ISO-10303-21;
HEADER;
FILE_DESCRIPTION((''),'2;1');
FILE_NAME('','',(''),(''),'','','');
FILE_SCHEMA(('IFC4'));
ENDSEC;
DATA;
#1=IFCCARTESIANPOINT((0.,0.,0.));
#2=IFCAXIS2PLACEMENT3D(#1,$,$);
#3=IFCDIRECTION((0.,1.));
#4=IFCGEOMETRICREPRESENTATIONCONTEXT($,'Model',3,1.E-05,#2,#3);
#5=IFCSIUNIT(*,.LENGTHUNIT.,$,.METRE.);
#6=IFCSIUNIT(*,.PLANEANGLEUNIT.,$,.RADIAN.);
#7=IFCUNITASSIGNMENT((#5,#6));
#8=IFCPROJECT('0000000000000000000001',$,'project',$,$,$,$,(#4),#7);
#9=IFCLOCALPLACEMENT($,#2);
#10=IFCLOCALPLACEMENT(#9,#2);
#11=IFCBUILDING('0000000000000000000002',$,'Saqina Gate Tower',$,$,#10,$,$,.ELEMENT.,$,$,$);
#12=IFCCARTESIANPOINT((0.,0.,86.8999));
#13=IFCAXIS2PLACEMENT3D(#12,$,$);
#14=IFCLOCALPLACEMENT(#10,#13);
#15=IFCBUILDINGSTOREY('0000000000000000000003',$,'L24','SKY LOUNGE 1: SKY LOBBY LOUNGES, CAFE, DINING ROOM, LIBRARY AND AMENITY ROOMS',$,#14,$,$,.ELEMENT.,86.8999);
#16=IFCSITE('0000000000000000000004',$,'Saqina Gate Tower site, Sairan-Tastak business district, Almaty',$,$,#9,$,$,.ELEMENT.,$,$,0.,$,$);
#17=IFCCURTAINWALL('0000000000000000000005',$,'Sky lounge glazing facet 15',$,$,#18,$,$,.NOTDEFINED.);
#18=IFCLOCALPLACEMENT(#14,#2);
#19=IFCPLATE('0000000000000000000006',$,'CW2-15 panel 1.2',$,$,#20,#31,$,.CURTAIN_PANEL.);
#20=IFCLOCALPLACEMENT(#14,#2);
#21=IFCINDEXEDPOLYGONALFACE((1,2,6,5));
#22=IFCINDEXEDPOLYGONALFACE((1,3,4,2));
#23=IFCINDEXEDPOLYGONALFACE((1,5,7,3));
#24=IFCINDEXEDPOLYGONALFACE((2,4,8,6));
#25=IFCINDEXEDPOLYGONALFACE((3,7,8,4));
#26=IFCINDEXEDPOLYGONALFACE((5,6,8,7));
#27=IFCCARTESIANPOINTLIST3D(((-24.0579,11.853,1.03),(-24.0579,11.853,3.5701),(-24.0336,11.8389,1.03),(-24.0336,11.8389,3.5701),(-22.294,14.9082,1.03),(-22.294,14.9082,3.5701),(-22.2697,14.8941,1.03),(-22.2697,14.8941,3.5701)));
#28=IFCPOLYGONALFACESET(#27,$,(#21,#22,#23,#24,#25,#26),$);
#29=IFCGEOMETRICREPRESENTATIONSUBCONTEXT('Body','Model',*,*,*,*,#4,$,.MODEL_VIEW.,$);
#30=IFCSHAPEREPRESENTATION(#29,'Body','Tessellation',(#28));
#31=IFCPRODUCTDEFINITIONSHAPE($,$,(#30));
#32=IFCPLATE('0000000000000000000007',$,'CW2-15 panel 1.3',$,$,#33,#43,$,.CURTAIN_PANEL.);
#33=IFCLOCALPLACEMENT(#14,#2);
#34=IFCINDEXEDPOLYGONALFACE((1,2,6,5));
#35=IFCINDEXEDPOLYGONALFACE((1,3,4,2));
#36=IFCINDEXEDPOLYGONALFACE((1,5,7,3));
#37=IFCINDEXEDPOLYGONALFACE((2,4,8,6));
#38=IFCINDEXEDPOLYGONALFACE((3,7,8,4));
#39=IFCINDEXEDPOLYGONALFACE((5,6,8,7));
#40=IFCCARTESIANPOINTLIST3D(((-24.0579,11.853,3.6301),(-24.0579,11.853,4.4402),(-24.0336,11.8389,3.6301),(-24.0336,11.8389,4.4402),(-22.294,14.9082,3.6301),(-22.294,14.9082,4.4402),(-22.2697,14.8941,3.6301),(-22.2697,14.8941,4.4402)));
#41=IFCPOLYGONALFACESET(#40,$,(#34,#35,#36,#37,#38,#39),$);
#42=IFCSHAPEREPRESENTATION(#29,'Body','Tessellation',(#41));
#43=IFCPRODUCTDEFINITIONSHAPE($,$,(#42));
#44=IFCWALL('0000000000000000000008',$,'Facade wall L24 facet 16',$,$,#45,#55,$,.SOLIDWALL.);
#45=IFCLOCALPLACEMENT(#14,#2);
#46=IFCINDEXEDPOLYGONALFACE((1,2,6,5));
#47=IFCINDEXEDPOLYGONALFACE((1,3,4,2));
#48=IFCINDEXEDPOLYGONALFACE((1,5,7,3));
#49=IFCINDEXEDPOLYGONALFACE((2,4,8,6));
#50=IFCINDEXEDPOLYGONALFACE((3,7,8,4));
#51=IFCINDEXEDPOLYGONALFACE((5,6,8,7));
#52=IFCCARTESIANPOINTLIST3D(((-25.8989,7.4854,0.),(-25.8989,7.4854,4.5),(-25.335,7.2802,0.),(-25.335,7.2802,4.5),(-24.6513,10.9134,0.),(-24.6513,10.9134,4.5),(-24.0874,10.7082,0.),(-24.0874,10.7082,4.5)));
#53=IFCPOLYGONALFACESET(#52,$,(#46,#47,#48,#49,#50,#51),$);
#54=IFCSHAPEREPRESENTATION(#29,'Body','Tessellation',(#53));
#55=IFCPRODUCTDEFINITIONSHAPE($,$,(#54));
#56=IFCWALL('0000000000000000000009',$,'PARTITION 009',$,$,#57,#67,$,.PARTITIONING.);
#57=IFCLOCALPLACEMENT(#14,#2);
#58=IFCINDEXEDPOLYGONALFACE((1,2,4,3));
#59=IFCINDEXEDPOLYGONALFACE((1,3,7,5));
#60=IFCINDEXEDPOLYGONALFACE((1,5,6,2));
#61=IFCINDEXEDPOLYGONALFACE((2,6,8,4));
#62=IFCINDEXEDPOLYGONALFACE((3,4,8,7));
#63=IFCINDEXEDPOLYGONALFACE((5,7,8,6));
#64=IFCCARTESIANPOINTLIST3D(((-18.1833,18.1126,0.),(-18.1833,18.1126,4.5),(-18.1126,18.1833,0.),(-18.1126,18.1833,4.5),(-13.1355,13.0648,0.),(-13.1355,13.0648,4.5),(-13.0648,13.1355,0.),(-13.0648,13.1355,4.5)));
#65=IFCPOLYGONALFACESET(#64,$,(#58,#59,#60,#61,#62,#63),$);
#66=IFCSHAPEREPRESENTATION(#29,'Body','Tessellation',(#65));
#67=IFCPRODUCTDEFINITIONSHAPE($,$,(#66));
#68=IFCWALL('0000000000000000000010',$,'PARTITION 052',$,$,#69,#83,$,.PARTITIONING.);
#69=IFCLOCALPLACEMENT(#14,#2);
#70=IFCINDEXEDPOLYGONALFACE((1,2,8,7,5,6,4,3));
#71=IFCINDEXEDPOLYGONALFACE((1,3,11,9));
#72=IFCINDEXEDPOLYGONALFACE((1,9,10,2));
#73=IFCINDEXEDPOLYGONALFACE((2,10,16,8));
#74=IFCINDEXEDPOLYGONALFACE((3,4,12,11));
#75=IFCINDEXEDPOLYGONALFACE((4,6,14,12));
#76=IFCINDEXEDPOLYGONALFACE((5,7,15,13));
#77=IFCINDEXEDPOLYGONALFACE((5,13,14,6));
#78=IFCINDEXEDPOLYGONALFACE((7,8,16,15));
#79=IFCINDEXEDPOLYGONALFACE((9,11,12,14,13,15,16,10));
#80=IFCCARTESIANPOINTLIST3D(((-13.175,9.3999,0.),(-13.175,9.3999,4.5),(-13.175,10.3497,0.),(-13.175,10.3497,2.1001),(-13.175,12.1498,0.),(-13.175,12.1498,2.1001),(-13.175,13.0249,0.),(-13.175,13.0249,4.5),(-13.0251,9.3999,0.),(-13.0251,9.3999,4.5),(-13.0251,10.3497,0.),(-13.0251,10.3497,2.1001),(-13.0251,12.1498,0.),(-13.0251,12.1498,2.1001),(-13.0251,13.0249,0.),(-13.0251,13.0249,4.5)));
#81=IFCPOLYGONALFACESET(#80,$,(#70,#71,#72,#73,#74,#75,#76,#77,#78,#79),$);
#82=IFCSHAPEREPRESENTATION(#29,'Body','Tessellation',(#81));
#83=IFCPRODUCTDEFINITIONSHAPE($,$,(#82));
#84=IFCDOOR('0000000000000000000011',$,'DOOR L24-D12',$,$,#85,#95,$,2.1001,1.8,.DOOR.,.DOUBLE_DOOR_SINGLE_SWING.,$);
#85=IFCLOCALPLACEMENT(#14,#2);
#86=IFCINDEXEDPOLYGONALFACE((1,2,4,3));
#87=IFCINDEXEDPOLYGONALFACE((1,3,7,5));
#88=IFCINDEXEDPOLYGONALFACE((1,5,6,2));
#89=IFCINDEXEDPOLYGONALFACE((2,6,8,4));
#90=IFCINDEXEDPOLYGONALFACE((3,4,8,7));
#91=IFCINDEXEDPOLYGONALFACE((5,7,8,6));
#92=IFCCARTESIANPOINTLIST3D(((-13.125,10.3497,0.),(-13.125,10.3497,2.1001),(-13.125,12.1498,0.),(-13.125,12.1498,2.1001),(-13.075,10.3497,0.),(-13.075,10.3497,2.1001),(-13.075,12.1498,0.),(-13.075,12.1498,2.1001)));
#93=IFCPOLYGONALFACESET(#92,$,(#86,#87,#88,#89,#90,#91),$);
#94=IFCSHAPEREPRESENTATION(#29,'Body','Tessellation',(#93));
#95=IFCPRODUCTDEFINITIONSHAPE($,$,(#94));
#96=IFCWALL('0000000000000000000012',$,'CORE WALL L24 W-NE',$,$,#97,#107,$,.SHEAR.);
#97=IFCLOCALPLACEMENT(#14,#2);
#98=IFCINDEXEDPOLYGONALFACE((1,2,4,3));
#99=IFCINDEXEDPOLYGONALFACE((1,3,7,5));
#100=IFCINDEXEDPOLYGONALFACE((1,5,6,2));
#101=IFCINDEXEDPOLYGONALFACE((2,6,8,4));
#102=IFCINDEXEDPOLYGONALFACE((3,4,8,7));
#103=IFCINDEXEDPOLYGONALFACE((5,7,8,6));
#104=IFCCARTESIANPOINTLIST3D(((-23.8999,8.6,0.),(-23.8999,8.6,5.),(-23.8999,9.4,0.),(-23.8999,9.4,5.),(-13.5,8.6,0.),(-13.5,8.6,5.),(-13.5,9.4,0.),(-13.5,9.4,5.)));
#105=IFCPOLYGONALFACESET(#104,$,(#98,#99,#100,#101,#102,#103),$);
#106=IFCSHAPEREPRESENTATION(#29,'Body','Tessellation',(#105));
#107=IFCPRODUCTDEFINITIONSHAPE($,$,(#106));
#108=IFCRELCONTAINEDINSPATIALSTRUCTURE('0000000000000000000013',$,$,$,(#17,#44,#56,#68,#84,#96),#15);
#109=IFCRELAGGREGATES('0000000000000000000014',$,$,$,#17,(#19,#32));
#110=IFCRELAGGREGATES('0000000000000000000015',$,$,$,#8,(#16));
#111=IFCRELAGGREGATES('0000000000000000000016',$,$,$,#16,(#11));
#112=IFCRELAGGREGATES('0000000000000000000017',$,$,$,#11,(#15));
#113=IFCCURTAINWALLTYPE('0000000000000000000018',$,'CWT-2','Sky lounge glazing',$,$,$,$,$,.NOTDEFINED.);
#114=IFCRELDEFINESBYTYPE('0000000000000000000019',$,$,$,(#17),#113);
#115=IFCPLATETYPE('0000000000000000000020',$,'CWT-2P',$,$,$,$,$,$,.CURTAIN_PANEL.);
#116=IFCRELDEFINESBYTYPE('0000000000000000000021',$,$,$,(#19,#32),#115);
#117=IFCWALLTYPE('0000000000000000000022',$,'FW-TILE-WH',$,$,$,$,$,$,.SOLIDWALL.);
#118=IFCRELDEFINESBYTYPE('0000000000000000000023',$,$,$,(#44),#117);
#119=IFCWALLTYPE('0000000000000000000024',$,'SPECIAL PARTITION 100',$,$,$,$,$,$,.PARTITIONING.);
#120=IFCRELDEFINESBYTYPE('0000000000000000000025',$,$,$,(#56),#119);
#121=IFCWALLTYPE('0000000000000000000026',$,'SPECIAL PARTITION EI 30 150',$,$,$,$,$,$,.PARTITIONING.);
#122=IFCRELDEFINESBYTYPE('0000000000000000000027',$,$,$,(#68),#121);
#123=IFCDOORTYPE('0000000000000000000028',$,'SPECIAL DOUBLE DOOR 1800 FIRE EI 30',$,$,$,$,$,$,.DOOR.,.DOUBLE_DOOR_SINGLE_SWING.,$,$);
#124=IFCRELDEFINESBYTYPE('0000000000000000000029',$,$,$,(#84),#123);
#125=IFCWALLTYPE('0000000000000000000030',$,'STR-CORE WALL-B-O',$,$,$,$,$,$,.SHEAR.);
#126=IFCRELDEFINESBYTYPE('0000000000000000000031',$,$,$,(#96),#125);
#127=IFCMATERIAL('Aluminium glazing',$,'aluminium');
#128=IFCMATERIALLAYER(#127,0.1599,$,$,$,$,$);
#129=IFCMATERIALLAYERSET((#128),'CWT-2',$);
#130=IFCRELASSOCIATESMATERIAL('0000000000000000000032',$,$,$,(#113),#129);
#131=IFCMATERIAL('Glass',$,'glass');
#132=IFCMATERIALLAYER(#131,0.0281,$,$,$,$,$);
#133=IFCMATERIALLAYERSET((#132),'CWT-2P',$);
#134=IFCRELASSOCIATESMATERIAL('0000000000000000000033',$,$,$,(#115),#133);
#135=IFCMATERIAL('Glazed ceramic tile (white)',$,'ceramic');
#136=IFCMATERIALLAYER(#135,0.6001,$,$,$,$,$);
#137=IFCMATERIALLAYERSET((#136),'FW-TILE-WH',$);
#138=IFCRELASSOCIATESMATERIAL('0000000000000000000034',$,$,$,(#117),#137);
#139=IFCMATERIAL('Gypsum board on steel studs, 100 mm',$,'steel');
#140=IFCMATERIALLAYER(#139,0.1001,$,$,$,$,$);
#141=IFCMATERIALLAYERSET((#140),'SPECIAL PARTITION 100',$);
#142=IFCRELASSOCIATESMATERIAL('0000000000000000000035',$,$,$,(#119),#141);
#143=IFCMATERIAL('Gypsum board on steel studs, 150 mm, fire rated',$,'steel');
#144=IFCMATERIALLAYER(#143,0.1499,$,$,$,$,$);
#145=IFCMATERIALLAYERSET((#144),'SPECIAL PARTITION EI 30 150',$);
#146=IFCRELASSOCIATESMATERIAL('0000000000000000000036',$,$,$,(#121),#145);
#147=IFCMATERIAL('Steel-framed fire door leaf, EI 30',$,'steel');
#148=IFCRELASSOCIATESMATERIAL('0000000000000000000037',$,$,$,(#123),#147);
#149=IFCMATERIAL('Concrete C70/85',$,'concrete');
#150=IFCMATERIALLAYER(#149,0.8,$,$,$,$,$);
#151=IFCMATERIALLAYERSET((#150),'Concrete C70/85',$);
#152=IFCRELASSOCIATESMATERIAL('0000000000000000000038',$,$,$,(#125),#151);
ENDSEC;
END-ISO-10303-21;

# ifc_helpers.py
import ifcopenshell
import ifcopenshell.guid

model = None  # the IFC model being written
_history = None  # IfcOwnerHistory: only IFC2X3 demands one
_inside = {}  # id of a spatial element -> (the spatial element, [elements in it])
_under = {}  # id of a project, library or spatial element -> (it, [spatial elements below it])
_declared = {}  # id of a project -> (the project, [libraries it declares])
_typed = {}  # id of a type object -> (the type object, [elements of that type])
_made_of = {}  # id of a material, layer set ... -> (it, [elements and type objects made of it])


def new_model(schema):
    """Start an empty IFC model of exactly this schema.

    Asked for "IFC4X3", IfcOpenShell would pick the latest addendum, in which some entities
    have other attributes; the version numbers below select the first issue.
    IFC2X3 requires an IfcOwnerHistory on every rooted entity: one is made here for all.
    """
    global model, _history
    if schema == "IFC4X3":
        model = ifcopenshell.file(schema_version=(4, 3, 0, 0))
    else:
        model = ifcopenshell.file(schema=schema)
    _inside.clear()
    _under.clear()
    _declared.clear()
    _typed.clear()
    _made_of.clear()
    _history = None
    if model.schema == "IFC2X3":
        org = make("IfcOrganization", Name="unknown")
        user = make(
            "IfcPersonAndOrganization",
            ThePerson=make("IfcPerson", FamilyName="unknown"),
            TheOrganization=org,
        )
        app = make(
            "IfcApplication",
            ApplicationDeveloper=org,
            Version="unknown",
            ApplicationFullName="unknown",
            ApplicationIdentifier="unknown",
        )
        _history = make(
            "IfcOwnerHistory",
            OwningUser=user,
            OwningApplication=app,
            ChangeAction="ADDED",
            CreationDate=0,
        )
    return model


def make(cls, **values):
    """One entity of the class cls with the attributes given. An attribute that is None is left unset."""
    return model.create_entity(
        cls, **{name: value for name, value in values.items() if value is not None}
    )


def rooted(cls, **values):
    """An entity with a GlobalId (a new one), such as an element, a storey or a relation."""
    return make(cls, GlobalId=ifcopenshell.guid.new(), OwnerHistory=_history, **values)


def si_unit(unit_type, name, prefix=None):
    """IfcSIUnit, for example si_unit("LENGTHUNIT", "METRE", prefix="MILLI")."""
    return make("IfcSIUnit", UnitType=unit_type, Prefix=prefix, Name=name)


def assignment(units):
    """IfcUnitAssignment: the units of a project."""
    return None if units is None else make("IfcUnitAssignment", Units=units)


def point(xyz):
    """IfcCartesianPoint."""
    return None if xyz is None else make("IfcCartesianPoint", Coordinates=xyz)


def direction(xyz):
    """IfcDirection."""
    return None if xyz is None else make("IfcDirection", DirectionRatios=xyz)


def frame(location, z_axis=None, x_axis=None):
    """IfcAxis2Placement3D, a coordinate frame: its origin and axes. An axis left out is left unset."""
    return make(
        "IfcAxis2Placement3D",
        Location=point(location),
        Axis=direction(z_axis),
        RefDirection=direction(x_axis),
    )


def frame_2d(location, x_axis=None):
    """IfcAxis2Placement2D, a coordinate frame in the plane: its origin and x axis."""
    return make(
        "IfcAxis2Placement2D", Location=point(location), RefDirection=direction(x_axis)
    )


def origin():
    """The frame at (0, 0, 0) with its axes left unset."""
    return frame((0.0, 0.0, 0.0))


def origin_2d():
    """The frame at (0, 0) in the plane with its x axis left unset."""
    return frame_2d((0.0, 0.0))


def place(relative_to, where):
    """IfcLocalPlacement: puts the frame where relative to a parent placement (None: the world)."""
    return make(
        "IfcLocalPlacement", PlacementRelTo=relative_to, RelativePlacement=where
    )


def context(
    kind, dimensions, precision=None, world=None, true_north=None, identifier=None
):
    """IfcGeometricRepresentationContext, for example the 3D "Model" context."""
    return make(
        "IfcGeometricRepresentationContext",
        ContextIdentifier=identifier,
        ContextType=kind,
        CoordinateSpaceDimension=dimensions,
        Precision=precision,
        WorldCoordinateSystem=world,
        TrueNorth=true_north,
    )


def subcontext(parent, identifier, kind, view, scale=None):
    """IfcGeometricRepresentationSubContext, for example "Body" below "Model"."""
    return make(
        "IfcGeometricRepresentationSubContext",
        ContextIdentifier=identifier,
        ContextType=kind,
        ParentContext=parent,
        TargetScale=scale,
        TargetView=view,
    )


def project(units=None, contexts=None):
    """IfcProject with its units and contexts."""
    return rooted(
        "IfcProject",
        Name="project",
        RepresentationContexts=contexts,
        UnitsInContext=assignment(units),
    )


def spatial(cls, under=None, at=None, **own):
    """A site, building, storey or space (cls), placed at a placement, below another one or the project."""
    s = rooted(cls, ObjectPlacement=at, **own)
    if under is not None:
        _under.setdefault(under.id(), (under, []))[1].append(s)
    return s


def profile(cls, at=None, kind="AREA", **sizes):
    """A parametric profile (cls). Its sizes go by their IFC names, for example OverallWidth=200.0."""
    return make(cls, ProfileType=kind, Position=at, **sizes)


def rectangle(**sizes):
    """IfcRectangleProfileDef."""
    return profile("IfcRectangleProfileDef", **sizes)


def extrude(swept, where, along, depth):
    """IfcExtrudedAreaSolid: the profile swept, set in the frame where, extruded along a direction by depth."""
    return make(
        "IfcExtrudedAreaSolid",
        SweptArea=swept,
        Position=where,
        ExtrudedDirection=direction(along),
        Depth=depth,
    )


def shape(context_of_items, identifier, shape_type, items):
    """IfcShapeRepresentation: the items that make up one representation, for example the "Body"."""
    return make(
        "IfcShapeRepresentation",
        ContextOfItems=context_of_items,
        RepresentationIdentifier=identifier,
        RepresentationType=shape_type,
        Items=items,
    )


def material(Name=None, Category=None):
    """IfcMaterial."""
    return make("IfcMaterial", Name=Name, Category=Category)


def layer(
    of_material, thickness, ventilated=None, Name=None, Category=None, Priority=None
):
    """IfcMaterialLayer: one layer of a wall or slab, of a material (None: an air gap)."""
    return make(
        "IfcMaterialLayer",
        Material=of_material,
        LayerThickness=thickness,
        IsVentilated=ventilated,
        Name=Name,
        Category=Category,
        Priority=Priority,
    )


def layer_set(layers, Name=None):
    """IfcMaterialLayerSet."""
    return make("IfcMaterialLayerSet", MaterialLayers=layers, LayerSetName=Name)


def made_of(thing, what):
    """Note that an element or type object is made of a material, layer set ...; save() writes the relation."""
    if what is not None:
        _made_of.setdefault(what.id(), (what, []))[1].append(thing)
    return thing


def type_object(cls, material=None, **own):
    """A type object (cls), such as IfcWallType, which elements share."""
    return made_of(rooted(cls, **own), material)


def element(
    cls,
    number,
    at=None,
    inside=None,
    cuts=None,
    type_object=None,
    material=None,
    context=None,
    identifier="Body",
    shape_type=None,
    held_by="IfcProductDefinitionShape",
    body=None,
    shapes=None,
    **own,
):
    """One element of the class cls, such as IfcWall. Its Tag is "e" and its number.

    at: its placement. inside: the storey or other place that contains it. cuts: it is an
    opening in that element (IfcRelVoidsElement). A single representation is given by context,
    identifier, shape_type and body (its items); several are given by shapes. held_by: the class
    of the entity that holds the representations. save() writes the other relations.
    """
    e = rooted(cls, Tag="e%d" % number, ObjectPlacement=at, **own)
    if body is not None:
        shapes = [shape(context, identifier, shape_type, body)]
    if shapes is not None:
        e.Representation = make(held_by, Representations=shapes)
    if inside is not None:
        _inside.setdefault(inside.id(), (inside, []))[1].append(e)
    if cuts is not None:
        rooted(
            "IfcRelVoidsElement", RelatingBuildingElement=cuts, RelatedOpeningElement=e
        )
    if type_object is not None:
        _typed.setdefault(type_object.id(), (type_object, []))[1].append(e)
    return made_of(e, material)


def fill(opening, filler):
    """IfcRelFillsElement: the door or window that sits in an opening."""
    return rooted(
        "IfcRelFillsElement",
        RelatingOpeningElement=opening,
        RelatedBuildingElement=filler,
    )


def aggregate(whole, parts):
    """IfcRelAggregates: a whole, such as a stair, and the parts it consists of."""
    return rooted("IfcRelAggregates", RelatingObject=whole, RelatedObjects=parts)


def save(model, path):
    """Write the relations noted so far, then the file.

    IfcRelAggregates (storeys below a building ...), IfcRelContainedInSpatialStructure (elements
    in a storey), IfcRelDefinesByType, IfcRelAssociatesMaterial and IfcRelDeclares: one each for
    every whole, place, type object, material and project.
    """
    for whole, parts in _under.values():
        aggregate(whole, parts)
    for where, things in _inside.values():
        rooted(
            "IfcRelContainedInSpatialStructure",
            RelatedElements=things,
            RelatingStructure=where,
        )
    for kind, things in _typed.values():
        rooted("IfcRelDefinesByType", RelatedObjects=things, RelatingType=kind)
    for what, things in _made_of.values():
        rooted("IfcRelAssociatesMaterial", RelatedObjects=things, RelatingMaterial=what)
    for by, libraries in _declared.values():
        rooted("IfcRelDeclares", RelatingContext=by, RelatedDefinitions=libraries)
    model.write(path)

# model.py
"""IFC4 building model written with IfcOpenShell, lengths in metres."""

from ifc_helpers import new_model, si_unit, direction, frame, frame_2d, origin, origin_2d, place, context, subcontext, project, spatial, rectangle, extrude, material, layer, layer_set, type_object, element, fill, aggregate, save


model = new_model("IFC4")

# Units and contexts
model_context = context("Model", 3, precision=1e-05, world=origin(), true_north=direction((0.0, 1.0)))
body_context = subcontext(model_context, "Body", "Model", "MODEL_VIEW")
ifc_project = project(units=[si_unit("LENGTHUNIT", "METRE"), si_unit("PLANEANGLEUNIT", "RADIAN")], contexts=[model_context])

# Site, building, storey
site_placement = place(None, origin())
site = spatial("IfcSite", under=ifc_project, at=site_placement, Name="Saqina Gate Tower site, Sairan-Tastak business district, Almaty", CompositionType="ELEMENT", RefElevation=0.0)
building_placement = place(site_placement, origin())
building = spatial("IfcBuilding", under=site, at=building_placement, Name="Saqina Gate Tower", CompositionType="ELEMENT")
storey_placement = place(building_placement, frame((0.0, 0.0, 86.8999)))
storey = spatial("IfcBuildingStorey", under=building, at=storey_placement, Name="L24", Description="SKY LOUNGE 1: SKY LOBBY LOUNGES, CAFE, DINING ROOM, LIBRARY AND AMENITY ROOMS", CompositionType="ELEMENT", Elevation=86.8999)

# Shared definitions
ifc_material_1 = material(Name="Aluminium glazing", Category="aluminium")
ifc_layer_1 = layer(ifc_material_1, 0.1599)
ifc_layer_set_1 = layer_set([ifc_layer_1], Name="CWT-2")
curtain_wall_type = type_object("IfcCurtainWallType", Name="CWT-2", Description="Sky lounge glazing", PredefinedType="NOTDEFINED", material=ifc_layer_set_1)

# Curtain wall
curtain_wall_1_placement = place(storey_placement, origin())
curtain_wall_1 = element("IfcCurtainWall", 1, at=curtain_wall_1_placement, inside=storey, type_object=curtain_wall_type, Name="Sky lounge glazing facet 15", PredefinedType="NOTDEFINED")

# Plates
ifc_material_2 = material(Name="Glass", Category="glass")
ifc_layer_2 = layer(ifc_material_2, 0.0281)
ifc_layer_set_2 = layer_set([ifc_layer_2], Name="CWT-2P")
plate_type = type_object("IfcPlateType", Name="CWT-2P", PredefinedType="CURTAIN_PANEL", material=ifc_layer_set_2)
plate_1_placement = place(storey_placement, frame((-23.1638, 13.3735, 1.03), z_axis=(0.0, 0.0, 1.0), x_axis=(-0.499999, -0.866026, 0.0)))
plate_1 = element("IfcPlate", 2, at=plate_1_placement, type_object=plate_type, Name="CW2-15 panel 1.2", PredefinedType="CURTAIN_PANEL", context=body_context, shape_type="SweptSolid", body=[
    extrude(rectangle(XDim=3.5278, YDim=0.0281, at=origin_2d()), origin(), (0.0, 0.0, 1.0), 2.54),
])
plate_2_placement = place(storey_placement, frame((-23.1638, 13.3735, 3.6301), z_axis=(0.0, 0.0, 1.0), x_axis=(-0.499999, -0.866026, 0.0)))
plate_2 = element("IfcPlate", 3, at=plate_2_placement, type_object=plate_type, Name="CW2-15 panel 1.3", PredefinedType="CURTAIN_PANEL", context=body_context, shape_type="SweptSolid", body=[
    extrude(rectangle(XDim=3.5278, YDim=0.0281, at=origin_2d()), origin(), (0.0, 0.0, 1.0), 0.8101),
])
aggregate(curtain_wall_1, [plate_1, plate_2])

# Walls
ifc_material_3 = material(Name="Glazed ceramic tile (white)", Category="ceramic")
ifc_layer_3 = layer(ifc_material_3, 0.6001)
ifc_layer_set_3 = layer_set([ifc_layer_3], Name="FW-TILE-WH")
wall_type_1 = type_object("IfcWallType", Name="FW-TILE-WH", PredefinedType="SOLIDWALL", material=ifc_layer_set_3)
wall_1_placement = place(storey_placement, frame((-24.3694, 10.8108, 0.0), z_axis=(0.0, 0.0, 1.0), x_axis=(-0.34199, -0.939704, 0.0)))
element("IfcWall", 4, at=wall_1_placement, inside=storey, type_object=wall_type_1, Name="Facade wall L24 facet 16", PredefinedType="SOLIDWALL", context=body_context, shape_type="SweptSolid", body=[
    extrude(rectangle(XDim=3.6479, YDim=0.6001, at=frame_2d((1.824, 0.0))), origin(), (0.0, 0.0, 1.0), 4.5),
])
ifc_material_4 = material(Name="Gypsum board on steel studs, 100 mm", Category="steel")
ifc_layer_4 = layer(ifc_material_4, 0.1001)
ifc_layer_set_4 = layer_set([ifc_layer_4], Name="SPECIAL PARTITION 100")
wall_type_2 = type_object("IfcWallType", Name="SPECIAL PARTITION 100", PredefinedType="PARTITIONING", material=ifc_layer_set_4)
wall_2_placement = place(storey_placement, frame((-18.1479, 18.1479, 0.0), z_axis=(0.0, 0.0, 1.0), x_axis=(0.707107, -0.707107, 0.0)))
element("IfcWall", 5, at=wall_2_placement, inside=storey, type_object=wall_type_2, Name="PARTITION 009", PredefinedType="PARTITIONING", context=body_context, shape_type="SweptSolid", body=[
    extrude(rectangle(XDim=7.1387, YDim=0.1001, at=frame_2d((3.5693, 0.0))), origin(), (0.0, 0.0, 1.0), 4.5),
])

# Wall, opening, door
ifc_material_5 = material(Name="Gypsum board on steel studs, 150 mm, fire rated", Category="steel")
ifc_layer_5 = layer(ifc_material_5, 0.1499)
ifc_layer_set_5 = layer_set([ifc_layer_5], Name="SPECIAL PARTITION EI 30 150")
wall_type_3 = type_object("IfcWallType", Name="SPECIAL PARTITION EI 30 150", PredefinedType="PARTITIONING", material=ifc_layer_set_5)
wall_3_placement = place(storey_placement, frame((-13.1001, 9.3999, 0.0), z_axis=(0.0, 0.0, 1.0), x_axis=(0.0, 1.0, 0.0)))
wall_3 = element("IfcWall", 6, at=wall_3_placement, inside=storey, type_object=wall_type_3, Name="PARTITION 052", PredefinedType="PARTITIONING", context=body_context, shape_type="SweptSolid", body=[
    extrude(rectangle(XDim=3.625, YDim=0.1499, at=frame_2d((1.8125, 0.0))), origin(), (0.0, 0.0, 1.0), 4.5),
])
opening_placement = place(wall_3_placement, frame((0.95, 0.0, 0.0)))
opening = element("IfcOpeningElement", 7, at=opening_placement, cuts=wall_3, PredefinedType="OPENING", context=body_context, shape_type="SweptSolid", body=[
    extrude(rectangle(XDim=1.8, YDim=2.1001, at=frame_2d((0.8999, 1.05))), frame((0.0, 0.0869, 0.0), z_axis=(0.0, -1.0, 0.0), x_axis=(1.0, 0.0, 0.0)), (0.0, 0.0, 1.0), 0.1738),
])
ifc_material_6 = material(Name="Steel-framed fire door leaf, EI 30", Category="steel")
door_type = type_object("IfcDoorType", Name="SPECIAL DOUBLE DOOR 1800 FIRE EI 30", OperationType="DOUBLE_DOOR_SINGLE_SWING", PredefinedType="DOOR", material=ifc_material_6)
door_placement = place(opening_placement, origin())
door = element("IfcDoor", 8, at=door_placement, inside=storey, type_object=door_type, Name="DOOR L24-D12", OperationType="DOUBLE_DOOR_SINGLE_SWING", OverallHeight=2.1001, OverallWidth=1.8, PredefinedType="DOOR", context=body_context, shape_type="SweptSolid", body=[
    extrude(rectangle(XDim=1.8, YDim=2.1001, at=frame_2d((0.8999, 1.05))), frame((0.0, 0.0249, 0.0), z_axis=(0.0, -1.0, 0.0), x_axis=(1.0, 0.0, 0.0)), (0.0, 0.0, 1.0), 0.05),
])
fill(opening, door)

# Wall
ifc_material_7 = material(Name="Concrete C70/85", Category="concrete")
ifc_layer_6 = layer(ifc_material_7, 0.8)
ifc_layer_set_6 = layer_set([ifc_layer_6], Name="Concrete C70/85")
wall_type_4 = type_object("IfcWallType", Name="STR-CORE WALL-B-O", PredefinedType="SHEAR", material=ifc_layer_set_6)
wall_4_placement = place(storey_placement, frame((-13.5, 9.0, 0.0), z_axis=(0.0, 0.0, 1.0), x_axis=(-1.0, 0.0, 0.0)))
element("IfcWall", 9, at=wall_4_placement, inside=storey, type_object=wall_type_4, Name="CORE WALL L24 W-NE", PredefinedType="SHEAR", context=body_context, shape_type="SweptSolid", body=[
    extrude(rectangle(XDim=10.3999, YDim=0.8, at=frame_2d((5.2, 0.0))), origin(), (0.0, 0.0, 1.0), 5.0),
])

save(model, "model.ifc")
